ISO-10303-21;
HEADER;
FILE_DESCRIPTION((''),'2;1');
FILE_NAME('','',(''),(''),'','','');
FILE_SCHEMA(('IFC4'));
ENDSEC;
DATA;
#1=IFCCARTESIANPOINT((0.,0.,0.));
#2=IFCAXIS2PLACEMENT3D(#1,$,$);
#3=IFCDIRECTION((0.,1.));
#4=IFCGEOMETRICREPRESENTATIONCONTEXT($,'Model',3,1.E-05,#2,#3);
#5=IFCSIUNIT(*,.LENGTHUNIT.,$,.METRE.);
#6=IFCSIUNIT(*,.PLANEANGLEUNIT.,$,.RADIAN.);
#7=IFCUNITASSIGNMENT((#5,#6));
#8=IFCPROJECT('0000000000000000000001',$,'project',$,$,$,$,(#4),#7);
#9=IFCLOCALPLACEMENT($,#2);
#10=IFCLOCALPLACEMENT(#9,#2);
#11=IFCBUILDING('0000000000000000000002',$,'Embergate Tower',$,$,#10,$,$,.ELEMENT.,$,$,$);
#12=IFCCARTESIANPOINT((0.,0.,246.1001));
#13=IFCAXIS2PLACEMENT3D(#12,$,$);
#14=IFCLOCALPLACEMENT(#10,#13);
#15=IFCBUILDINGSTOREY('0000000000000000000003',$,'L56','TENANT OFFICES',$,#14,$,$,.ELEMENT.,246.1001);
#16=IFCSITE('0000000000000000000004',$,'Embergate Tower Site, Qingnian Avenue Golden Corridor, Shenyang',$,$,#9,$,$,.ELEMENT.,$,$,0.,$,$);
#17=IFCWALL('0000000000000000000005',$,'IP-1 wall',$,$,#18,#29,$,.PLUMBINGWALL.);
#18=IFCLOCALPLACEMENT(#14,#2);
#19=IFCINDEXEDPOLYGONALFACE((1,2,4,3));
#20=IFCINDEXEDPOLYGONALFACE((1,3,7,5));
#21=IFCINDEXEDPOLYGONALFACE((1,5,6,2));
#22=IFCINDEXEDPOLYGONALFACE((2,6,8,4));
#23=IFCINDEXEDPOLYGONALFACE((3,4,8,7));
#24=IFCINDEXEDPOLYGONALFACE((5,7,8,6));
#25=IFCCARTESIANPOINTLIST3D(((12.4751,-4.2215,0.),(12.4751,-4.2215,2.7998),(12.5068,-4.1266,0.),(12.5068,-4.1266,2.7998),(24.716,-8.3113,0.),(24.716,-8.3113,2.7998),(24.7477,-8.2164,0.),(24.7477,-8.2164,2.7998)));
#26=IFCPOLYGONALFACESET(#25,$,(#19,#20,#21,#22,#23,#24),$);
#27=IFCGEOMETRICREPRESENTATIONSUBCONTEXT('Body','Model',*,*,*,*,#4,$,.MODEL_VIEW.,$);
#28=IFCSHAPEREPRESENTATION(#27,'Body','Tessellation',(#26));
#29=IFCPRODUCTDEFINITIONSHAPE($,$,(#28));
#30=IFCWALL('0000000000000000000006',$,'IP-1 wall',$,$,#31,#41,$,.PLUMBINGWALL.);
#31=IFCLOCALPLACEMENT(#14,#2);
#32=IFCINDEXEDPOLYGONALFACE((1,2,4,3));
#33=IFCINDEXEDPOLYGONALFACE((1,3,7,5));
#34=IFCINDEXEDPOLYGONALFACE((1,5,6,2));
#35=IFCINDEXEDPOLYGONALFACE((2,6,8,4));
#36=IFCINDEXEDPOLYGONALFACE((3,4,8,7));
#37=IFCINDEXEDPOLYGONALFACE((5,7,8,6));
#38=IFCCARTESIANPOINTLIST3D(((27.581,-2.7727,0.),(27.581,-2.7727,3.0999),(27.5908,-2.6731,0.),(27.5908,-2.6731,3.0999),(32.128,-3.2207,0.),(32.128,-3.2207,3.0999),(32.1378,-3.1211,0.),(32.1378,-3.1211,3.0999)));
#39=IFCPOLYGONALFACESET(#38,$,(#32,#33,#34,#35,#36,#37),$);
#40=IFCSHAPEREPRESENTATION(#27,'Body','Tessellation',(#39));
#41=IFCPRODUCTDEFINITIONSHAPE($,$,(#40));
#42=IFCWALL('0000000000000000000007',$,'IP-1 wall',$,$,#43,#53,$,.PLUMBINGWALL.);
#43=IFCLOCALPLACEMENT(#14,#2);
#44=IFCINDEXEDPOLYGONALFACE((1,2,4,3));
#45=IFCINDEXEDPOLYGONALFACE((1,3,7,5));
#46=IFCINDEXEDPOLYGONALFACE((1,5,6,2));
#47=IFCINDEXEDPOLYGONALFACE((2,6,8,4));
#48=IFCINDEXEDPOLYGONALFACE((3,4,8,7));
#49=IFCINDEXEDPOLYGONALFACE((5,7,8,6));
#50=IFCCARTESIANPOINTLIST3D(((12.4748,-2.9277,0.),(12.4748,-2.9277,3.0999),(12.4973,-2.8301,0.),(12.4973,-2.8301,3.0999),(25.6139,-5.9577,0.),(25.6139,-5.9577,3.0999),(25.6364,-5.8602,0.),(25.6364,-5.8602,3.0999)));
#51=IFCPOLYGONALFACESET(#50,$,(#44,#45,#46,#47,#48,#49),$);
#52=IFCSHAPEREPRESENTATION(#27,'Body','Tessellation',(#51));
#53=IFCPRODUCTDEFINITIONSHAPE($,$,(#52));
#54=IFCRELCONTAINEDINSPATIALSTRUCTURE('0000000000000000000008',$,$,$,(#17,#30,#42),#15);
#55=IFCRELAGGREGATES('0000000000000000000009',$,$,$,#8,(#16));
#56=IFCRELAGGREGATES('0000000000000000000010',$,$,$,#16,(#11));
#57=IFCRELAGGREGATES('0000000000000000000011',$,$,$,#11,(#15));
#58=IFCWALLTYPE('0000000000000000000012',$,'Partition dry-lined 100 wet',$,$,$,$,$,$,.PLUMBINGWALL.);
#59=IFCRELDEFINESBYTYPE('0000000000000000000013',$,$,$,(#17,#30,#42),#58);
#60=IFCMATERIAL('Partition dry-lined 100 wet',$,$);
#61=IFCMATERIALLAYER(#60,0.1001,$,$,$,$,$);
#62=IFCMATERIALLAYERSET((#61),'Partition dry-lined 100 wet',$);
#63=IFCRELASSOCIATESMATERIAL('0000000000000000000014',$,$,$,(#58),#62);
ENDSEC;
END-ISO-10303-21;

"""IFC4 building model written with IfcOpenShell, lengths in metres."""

from ifc_helpers import new_model, si_unit, direction, frame, frame_2d, origin, place, context, subcontext, project, spatial, rectangle, extrude, source, transform, mapped, material, layer, layer_set, type_object, element, save


model = new_model("IFC4")

# Units and contexts
model_context = context("Model", 3, precision=1e-05, world=origin(), true_north=direction((0.0, 1.0)))
body_context = subcontext(model_context, "Body", "Model", "MODEL_VIEW")
ifc_project = project(units=[si_unit("LENGTHUNIT", "METRE"), si_unit("PLANEANGLEUNIT", "RADIAN")], contexts=[model_context])

# Site, building, storey
site_placement = place(None, origin())
site = spatial("IfcSite", under=ifc_project, at=site_placement, Name="Embergate Tower Site, Qingnian Avenue Golden Corridor, Shenyang", CompositionType="ELEMENT", RefElevation=0.0)
building_placement = place(site_placement, origin())
building = spatial("IfcBuilding", under=site, at=building_placement, Name="Embergate Tower", CompositionType="ELEMENT")
storey_placement = place(building_placement, frame((0.0, 0.0, 246.1001)))
storey = spatial("IfcBuildingStorey", under=building, at=storey_placement, Name="L56", Description="TENANT OFFICES", CompositionType="ELEMENT", Elevation=246.1001)

# Walls
ifc_material_1 = material(Name="Partition dry-lined 100 wet")
ifc_layer_1 = layer(ifc_material_1, 0.1001)
ifc_layer_set_1 = layer_set([ifc_layer_1], Name="Partition dry-lined 100 wet")
wall_type_1 = type_object("IfcWallType", Name="Partition dry-lined 100 wet", PredefinedType="PLUMBINGWALL", material=ifc_layer_set_1)
shared_shape_1 = source(origin(), body_context, "Body", "SweptSolid", [
    extrude(rectangle(XDim=12.906, YDim=0.1001, at=frame_2d((6.4531, 0.0))), origin(), (0.0, 0.0, 1.0), 2.7998),
])
wall_1_placement = place(storey_placement, frame((24.7319, -8.2639, 0.0), z_axis=(0.0, 0.0, 1.0), x_axis=(-0.948462, 0.316892, 0.0)))
element("IfcWall", 1, at=wall_1_placement, inside=storey, type_object=wall_type_1, Name="IP-1 wall", PredefinedType="PLUMBINGWALL", context=body_context, shape_type="MappedRepresentation", body=[
    mapped(shared_shape_1, transform((0.0, 0.0, 0.0))),
])
shared_shape_2 = source(origin(), body_context, "Body", "SweptSolid", [
    extrude(rectangle(XDim=4.5691, YDim=0.1001, at=frame_2d((2.2847, 0.0))), origin(), (0.0, 0.0, 1.0), 3.0999),
])
wall_2_placement = place(storey_placement, frame((32.1331, -3.1709, 0.0), z_axis=(0.0, 0.0, 1.0), x_axis=(-0.995182, 0.098049, 0.0)))
element("IfcWall", 2, at=wall_2_placement, inside=storey, type_object=wall_type_1, Name="IP-1 wall", PredefinedType="PLUMBINGWALL", context=body_context, shape_type="MappedRepresentation", body=[
    mapped(shared_shape_2, transform((0.0, 0.0, 0.0))),
])
shared_shape_3 = source(origin(), body_context, "Body", "SweptSolid", [
    extrude(rectangle(XDim=13.4839, YDim=0.1001, at=frame_2d((6.7419, 0.0))), origin(), (0.0, 0.0, 1.0), 3.0999),
])
wall_3_placement = place(storey_placement, frame((12.4861, -2.8789, 0.0), z_axis=(0.0, 0.0, 1.0), x_axis=(0.974424, -0.224717, 0.0)))
element("IfcWall", 3, at=wall_3_placement, inside=storey, type_object=wall_type_1, Name="IP-1 wall", PredefinedType="PLUMBINGWALL", context=body_context, shape_type="MappedRepresentation", body=[
    mapped(shared_shape_3, transform((0.0, 0.0, 0.0))),
])

save(model, "model.ifc")
